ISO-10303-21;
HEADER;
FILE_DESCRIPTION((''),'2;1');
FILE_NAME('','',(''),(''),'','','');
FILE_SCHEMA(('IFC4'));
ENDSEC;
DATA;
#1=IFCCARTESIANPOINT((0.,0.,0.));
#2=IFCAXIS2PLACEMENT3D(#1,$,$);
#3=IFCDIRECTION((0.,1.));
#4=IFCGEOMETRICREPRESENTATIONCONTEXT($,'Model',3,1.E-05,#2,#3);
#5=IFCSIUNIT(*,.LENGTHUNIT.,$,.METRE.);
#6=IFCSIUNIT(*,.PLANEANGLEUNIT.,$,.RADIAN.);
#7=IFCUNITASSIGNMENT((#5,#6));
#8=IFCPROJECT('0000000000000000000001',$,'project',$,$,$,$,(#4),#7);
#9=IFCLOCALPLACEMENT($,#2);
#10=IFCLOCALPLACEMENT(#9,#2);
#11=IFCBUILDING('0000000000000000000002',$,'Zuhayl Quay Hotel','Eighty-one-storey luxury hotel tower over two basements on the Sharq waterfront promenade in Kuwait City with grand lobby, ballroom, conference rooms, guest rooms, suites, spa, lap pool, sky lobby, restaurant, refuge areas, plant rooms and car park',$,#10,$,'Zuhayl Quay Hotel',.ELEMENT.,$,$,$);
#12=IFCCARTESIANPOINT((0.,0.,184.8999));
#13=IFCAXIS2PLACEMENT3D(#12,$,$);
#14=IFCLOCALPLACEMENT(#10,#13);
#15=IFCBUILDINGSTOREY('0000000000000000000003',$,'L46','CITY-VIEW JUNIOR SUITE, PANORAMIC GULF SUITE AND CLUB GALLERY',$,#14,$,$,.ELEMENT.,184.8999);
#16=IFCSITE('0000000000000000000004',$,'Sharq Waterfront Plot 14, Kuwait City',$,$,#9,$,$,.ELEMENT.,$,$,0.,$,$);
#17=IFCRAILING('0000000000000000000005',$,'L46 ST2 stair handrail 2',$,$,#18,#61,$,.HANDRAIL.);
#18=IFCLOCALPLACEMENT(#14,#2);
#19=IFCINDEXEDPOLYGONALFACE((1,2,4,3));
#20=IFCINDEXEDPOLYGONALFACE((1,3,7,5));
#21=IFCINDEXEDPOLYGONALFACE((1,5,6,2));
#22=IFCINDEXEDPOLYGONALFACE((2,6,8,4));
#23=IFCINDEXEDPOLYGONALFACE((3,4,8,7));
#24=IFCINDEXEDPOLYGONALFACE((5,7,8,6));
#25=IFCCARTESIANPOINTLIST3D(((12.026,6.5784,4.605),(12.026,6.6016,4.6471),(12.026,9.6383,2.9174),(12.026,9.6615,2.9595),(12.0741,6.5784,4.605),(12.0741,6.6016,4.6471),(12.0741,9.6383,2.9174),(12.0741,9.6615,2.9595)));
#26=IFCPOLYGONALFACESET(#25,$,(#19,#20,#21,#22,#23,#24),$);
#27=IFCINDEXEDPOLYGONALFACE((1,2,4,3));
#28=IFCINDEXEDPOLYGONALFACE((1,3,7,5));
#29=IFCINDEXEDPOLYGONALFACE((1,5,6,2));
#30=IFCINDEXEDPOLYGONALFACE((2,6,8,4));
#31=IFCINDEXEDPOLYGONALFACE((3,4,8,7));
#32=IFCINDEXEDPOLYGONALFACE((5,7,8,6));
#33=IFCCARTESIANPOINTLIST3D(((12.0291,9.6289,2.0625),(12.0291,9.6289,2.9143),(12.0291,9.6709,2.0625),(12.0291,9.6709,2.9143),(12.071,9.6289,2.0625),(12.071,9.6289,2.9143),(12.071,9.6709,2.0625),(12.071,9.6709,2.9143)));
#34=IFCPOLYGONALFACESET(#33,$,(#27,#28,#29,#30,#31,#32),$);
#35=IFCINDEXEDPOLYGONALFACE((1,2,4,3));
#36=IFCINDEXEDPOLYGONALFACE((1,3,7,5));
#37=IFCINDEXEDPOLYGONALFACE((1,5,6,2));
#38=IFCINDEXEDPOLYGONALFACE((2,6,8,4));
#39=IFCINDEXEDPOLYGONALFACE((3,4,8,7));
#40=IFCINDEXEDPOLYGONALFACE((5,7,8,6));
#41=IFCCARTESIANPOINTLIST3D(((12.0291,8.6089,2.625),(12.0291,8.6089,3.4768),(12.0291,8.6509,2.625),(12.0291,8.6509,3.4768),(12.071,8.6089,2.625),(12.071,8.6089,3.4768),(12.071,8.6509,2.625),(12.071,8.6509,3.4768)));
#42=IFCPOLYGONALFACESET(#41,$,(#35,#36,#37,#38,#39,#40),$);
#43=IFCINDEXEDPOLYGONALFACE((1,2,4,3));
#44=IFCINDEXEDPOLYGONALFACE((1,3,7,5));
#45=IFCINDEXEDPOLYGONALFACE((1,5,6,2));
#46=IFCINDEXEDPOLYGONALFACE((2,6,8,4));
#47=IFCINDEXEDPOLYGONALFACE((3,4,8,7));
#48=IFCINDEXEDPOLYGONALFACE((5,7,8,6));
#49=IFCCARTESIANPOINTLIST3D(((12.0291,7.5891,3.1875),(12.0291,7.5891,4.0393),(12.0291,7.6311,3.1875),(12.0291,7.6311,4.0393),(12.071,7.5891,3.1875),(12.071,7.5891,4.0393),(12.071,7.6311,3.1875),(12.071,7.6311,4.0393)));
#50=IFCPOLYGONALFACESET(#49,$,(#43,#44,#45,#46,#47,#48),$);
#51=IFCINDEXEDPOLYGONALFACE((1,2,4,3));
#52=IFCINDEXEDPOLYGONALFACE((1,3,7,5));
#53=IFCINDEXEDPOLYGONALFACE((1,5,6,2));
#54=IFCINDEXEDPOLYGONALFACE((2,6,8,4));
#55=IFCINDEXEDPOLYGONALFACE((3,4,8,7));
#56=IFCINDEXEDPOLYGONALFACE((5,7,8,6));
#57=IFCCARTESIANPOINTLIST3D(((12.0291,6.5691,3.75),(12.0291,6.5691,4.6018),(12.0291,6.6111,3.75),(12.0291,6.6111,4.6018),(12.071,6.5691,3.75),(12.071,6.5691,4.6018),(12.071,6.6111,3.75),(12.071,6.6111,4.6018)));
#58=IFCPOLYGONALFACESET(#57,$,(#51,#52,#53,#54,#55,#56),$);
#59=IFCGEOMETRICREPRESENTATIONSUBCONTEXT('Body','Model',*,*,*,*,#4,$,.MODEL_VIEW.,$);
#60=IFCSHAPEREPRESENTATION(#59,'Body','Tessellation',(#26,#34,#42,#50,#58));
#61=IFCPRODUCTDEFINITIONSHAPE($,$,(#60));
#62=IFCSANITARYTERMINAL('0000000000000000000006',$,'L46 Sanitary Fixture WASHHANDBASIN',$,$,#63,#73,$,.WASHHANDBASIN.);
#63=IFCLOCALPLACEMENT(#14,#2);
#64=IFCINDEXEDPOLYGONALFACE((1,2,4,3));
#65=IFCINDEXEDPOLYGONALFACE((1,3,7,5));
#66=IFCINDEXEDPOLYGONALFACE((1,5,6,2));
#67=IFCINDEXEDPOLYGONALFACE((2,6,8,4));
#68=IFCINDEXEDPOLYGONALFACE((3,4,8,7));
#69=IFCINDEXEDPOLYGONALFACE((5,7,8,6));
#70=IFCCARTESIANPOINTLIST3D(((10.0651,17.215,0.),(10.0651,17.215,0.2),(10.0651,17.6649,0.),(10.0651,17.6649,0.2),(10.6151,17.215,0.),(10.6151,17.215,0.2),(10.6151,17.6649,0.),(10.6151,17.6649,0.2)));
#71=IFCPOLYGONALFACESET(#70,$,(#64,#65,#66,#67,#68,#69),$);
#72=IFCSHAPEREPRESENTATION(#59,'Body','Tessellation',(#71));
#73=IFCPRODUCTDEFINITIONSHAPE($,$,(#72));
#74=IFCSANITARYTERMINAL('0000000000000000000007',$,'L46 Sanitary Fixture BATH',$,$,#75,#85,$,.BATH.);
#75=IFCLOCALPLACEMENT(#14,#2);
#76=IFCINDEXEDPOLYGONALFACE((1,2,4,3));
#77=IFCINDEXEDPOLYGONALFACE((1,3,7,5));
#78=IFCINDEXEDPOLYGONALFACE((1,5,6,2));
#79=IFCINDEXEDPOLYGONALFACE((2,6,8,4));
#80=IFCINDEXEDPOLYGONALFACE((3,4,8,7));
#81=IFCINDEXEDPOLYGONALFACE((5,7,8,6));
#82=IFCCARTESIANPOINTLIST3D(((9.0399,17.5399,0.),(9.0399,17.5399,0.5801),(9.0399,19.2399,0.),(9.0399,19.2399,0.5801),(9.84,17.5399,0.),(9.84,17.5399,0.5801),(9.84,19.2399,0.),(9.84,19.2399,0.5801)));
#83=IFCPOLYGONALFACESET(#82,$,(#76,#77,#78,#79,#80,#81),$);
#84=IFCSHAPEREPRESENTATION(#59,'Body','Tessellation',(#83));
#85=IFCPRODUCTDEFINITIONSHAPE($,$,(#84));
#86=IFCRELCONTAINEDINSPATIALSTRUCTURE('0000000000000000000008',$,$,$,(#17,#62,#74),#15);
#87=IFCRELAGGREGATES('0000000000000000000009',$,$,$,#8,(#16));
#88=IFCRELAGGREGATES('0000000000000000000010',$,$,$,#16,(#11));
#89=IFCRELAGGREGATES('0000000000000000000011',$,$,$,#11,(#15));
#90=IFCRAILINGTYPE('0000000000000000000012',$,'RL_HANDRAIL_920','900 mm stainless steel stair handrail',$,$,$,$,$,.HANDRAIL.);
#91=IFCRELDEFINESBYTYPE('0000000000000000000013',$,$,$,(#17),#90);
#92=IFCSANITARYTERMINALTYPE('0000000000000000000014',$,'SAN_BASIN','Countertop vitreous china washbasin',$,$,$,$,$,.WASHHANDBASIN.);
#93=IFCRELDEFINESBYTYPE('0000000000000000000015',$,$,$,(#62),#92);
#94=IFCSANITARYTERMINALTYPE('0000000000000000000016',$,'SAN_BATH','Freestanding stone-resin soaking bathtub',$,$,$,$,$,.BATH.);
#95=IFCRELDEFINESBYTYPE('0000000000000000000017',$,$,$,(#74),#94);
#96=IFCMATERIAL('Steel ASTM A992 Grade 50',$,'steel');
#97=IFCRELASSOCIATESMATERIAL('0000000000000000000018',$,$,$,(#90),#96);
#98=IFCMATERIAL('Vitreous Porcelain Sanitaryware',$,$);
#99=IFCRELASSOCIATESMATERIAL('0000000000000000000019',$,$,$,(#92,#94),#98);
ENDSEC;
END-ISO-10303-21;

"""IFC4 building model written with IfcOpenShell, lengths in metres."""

from ifc_helpers import new_model, si_unit, direction, frame, origin, origin_2d, place, context, subcontext, project, spatial, rectangle, extrude, material, type_object, element, save


model = new_model("IFC4")

# Units and contexts
model_context = context("Model", 3, precision=1e-05, world=origin(), true_north=direction((0.0, 1.0)))
body_context = subcontext(model_context, "Body", "Model", "MODEL_VIEW")
ifc_project = project(units=[si_unit("LENGTHUNIT", "METRE"), si_unit("PLANEANGLEUNIT", "RADIAN")], contexts=[model_context])

# Site, building, storey
site_placement = place(None, origin())
site = spatial("IfcSite", under=ifc_project, at=site_placement, Name="Sharq Waterfront Plot 14, Kuwait City", CompositionType="ELEMENT", RefElevation=0.0)
building_placement = place(site_placement, origin())
building = spatial("IfcBuilding", under=site, at=building_placement, Name="Zuhayl Quay Hotel", Description="Eighty-one-storey luxury hotel tower over two basements on the Sharq waterfront promenade in Kuwait City with grand lobby, ballroom, conference rooms, guest rooms, suites, spa, lap pool, sky lobby, restaurant, refuge areas, plant rooms and car park", LongName="Zuhayl Quay Hotel", CompositionType="ELEMENT")
storey_placement = place(building_placement, frame((0.0, 0.0, 184.8999)))
storey = spatial("IfcBuildingStorey", under=building, at=storey_placement, Name="L46", Description="CITY-VIEW JUNIOR SUITE, PANORAMIC GULF SUITE AND CLUB GALLERY", CompositionType="ELEMENT", Elevation=184.8999)

# Shared definitions
ifc_material_1 = material(Name="Steel ASTM A992 Grade 50", Category="steel")

# Railing
railing_type_1 = type_object("IfcRailingType", Name="RL_HANDRAIL_920", Description="900 mm stainless steel stair handrail", PredefinedType="HANDRAIL", material=ifc_material_1)
railing_1_placement = place(storey_placement, frame((12.05, 9.6499, 2.0625)))
element("IfcRailing", 1, at=railing_1_placement, inside=storey, type_object=railing_type_1, Name="L46 ST2 stair handrail 2", PredefinedType="HANDRAIL", context=body_context, shape_type="SweptSolid", body=[
    extrude(rectangle(XDim=0.0481, YDim=0.0481, at=origin_2d()), frame((0.0, 0.0, 0.876), z_axis=(0.0, -0.875659, 0.48293), x_axis=(1.0, 0.0, 0.0)), (0.0, 0.0, 1.0), 3.4944),
    extrude(rectangle(XDim=0.042, YDim=0.042, at=origin_2d()), origin(), (0.0, 0.0, 1.0), 0.8518),
    extrude(rectangle(XDim=0.042, YDim=0.042, at=origin_2d()), frame((0.0, -1.02, 0.5625)), (0.0, 0.0, 1.0), 0.8518),
    extrude(rectangle(XDim=0.042, YDim=0.042, at=origin_2d()), frame((0.0, -2.0398, 1.125)), (0.0, 0.0, 1.0), 0.8518),
    extrude(rectangle(XDim=0.042, YDim=0.042, at=origin_2d()), frame((0.0, -3.0598, 1.6875)), (0.0, 0.0, 1.0), 0.8518),
])

# Sanitary terminals
ifc_material_2 = material(Name="Vitreous Porcelain Sanitaryware")
sanitary_terminal_type_1 = type_object("IfcSanitaryTerminalType", Name="SAN_BASIN", Description="Countertop vitreous china washbasin", PredefinedType="WASHHANDBASIN", material=ifc_material_2)
sanitary_terminal_1_placement = place(storey_placement, frame((10.3401, 17.4399, 0.0), z_axis=(0.0, 0.0, 1.0), x_axis=(1.0, 0.0, 0.0)))
element("IfcSanitaryTerminal", 2, at=sanitary_terminal_1_placement, inside=storey, type_object=sanitary_terminal_type_1, Name="L46 Sanitary Fixture WASHHANDBASIN", PredefinedType="WASHHANDBASIN", context=body_context, shape_type="SweptSolid", body=[
    extrude(rectangle(XDim=0.55, YDim=0.45, at=origin_2d()), origin(), (0.0, 0.0, 1.0), 0.2),
])
sanitary_terminal_type_2 = type_object("IfcSanitaryTerminalType", Name="SAN_BATH", Description="Freestanding stone-resin soaking bathtub", PredefinedType="BATH", material=ifc_material_2)
sanitary_terminal_2_placement = place(storey_placement, frame((9.4399, 18.3899, 0.0), z_axis=(0.0, 0.0, 1.0), x_axis=(1.0, 0.0, 0.0)))
element("IfcSanitaryTerminal", 3, at=sanitary_terminal_2_placement, inside=storey, type_object=sanitary_terminal_type_2, Name="L46 Sanitary Fixture BATH", PredefinedType="BATH", context=body_context, shape_type="SweptSolid", body=[
    extrude(rectangle(XDim=0.8, YDim=1.7, at=origin_2d()), origin(), (0.0, 0.0, 1.0), 0.5801),
])

save(model, "model.ifc")
